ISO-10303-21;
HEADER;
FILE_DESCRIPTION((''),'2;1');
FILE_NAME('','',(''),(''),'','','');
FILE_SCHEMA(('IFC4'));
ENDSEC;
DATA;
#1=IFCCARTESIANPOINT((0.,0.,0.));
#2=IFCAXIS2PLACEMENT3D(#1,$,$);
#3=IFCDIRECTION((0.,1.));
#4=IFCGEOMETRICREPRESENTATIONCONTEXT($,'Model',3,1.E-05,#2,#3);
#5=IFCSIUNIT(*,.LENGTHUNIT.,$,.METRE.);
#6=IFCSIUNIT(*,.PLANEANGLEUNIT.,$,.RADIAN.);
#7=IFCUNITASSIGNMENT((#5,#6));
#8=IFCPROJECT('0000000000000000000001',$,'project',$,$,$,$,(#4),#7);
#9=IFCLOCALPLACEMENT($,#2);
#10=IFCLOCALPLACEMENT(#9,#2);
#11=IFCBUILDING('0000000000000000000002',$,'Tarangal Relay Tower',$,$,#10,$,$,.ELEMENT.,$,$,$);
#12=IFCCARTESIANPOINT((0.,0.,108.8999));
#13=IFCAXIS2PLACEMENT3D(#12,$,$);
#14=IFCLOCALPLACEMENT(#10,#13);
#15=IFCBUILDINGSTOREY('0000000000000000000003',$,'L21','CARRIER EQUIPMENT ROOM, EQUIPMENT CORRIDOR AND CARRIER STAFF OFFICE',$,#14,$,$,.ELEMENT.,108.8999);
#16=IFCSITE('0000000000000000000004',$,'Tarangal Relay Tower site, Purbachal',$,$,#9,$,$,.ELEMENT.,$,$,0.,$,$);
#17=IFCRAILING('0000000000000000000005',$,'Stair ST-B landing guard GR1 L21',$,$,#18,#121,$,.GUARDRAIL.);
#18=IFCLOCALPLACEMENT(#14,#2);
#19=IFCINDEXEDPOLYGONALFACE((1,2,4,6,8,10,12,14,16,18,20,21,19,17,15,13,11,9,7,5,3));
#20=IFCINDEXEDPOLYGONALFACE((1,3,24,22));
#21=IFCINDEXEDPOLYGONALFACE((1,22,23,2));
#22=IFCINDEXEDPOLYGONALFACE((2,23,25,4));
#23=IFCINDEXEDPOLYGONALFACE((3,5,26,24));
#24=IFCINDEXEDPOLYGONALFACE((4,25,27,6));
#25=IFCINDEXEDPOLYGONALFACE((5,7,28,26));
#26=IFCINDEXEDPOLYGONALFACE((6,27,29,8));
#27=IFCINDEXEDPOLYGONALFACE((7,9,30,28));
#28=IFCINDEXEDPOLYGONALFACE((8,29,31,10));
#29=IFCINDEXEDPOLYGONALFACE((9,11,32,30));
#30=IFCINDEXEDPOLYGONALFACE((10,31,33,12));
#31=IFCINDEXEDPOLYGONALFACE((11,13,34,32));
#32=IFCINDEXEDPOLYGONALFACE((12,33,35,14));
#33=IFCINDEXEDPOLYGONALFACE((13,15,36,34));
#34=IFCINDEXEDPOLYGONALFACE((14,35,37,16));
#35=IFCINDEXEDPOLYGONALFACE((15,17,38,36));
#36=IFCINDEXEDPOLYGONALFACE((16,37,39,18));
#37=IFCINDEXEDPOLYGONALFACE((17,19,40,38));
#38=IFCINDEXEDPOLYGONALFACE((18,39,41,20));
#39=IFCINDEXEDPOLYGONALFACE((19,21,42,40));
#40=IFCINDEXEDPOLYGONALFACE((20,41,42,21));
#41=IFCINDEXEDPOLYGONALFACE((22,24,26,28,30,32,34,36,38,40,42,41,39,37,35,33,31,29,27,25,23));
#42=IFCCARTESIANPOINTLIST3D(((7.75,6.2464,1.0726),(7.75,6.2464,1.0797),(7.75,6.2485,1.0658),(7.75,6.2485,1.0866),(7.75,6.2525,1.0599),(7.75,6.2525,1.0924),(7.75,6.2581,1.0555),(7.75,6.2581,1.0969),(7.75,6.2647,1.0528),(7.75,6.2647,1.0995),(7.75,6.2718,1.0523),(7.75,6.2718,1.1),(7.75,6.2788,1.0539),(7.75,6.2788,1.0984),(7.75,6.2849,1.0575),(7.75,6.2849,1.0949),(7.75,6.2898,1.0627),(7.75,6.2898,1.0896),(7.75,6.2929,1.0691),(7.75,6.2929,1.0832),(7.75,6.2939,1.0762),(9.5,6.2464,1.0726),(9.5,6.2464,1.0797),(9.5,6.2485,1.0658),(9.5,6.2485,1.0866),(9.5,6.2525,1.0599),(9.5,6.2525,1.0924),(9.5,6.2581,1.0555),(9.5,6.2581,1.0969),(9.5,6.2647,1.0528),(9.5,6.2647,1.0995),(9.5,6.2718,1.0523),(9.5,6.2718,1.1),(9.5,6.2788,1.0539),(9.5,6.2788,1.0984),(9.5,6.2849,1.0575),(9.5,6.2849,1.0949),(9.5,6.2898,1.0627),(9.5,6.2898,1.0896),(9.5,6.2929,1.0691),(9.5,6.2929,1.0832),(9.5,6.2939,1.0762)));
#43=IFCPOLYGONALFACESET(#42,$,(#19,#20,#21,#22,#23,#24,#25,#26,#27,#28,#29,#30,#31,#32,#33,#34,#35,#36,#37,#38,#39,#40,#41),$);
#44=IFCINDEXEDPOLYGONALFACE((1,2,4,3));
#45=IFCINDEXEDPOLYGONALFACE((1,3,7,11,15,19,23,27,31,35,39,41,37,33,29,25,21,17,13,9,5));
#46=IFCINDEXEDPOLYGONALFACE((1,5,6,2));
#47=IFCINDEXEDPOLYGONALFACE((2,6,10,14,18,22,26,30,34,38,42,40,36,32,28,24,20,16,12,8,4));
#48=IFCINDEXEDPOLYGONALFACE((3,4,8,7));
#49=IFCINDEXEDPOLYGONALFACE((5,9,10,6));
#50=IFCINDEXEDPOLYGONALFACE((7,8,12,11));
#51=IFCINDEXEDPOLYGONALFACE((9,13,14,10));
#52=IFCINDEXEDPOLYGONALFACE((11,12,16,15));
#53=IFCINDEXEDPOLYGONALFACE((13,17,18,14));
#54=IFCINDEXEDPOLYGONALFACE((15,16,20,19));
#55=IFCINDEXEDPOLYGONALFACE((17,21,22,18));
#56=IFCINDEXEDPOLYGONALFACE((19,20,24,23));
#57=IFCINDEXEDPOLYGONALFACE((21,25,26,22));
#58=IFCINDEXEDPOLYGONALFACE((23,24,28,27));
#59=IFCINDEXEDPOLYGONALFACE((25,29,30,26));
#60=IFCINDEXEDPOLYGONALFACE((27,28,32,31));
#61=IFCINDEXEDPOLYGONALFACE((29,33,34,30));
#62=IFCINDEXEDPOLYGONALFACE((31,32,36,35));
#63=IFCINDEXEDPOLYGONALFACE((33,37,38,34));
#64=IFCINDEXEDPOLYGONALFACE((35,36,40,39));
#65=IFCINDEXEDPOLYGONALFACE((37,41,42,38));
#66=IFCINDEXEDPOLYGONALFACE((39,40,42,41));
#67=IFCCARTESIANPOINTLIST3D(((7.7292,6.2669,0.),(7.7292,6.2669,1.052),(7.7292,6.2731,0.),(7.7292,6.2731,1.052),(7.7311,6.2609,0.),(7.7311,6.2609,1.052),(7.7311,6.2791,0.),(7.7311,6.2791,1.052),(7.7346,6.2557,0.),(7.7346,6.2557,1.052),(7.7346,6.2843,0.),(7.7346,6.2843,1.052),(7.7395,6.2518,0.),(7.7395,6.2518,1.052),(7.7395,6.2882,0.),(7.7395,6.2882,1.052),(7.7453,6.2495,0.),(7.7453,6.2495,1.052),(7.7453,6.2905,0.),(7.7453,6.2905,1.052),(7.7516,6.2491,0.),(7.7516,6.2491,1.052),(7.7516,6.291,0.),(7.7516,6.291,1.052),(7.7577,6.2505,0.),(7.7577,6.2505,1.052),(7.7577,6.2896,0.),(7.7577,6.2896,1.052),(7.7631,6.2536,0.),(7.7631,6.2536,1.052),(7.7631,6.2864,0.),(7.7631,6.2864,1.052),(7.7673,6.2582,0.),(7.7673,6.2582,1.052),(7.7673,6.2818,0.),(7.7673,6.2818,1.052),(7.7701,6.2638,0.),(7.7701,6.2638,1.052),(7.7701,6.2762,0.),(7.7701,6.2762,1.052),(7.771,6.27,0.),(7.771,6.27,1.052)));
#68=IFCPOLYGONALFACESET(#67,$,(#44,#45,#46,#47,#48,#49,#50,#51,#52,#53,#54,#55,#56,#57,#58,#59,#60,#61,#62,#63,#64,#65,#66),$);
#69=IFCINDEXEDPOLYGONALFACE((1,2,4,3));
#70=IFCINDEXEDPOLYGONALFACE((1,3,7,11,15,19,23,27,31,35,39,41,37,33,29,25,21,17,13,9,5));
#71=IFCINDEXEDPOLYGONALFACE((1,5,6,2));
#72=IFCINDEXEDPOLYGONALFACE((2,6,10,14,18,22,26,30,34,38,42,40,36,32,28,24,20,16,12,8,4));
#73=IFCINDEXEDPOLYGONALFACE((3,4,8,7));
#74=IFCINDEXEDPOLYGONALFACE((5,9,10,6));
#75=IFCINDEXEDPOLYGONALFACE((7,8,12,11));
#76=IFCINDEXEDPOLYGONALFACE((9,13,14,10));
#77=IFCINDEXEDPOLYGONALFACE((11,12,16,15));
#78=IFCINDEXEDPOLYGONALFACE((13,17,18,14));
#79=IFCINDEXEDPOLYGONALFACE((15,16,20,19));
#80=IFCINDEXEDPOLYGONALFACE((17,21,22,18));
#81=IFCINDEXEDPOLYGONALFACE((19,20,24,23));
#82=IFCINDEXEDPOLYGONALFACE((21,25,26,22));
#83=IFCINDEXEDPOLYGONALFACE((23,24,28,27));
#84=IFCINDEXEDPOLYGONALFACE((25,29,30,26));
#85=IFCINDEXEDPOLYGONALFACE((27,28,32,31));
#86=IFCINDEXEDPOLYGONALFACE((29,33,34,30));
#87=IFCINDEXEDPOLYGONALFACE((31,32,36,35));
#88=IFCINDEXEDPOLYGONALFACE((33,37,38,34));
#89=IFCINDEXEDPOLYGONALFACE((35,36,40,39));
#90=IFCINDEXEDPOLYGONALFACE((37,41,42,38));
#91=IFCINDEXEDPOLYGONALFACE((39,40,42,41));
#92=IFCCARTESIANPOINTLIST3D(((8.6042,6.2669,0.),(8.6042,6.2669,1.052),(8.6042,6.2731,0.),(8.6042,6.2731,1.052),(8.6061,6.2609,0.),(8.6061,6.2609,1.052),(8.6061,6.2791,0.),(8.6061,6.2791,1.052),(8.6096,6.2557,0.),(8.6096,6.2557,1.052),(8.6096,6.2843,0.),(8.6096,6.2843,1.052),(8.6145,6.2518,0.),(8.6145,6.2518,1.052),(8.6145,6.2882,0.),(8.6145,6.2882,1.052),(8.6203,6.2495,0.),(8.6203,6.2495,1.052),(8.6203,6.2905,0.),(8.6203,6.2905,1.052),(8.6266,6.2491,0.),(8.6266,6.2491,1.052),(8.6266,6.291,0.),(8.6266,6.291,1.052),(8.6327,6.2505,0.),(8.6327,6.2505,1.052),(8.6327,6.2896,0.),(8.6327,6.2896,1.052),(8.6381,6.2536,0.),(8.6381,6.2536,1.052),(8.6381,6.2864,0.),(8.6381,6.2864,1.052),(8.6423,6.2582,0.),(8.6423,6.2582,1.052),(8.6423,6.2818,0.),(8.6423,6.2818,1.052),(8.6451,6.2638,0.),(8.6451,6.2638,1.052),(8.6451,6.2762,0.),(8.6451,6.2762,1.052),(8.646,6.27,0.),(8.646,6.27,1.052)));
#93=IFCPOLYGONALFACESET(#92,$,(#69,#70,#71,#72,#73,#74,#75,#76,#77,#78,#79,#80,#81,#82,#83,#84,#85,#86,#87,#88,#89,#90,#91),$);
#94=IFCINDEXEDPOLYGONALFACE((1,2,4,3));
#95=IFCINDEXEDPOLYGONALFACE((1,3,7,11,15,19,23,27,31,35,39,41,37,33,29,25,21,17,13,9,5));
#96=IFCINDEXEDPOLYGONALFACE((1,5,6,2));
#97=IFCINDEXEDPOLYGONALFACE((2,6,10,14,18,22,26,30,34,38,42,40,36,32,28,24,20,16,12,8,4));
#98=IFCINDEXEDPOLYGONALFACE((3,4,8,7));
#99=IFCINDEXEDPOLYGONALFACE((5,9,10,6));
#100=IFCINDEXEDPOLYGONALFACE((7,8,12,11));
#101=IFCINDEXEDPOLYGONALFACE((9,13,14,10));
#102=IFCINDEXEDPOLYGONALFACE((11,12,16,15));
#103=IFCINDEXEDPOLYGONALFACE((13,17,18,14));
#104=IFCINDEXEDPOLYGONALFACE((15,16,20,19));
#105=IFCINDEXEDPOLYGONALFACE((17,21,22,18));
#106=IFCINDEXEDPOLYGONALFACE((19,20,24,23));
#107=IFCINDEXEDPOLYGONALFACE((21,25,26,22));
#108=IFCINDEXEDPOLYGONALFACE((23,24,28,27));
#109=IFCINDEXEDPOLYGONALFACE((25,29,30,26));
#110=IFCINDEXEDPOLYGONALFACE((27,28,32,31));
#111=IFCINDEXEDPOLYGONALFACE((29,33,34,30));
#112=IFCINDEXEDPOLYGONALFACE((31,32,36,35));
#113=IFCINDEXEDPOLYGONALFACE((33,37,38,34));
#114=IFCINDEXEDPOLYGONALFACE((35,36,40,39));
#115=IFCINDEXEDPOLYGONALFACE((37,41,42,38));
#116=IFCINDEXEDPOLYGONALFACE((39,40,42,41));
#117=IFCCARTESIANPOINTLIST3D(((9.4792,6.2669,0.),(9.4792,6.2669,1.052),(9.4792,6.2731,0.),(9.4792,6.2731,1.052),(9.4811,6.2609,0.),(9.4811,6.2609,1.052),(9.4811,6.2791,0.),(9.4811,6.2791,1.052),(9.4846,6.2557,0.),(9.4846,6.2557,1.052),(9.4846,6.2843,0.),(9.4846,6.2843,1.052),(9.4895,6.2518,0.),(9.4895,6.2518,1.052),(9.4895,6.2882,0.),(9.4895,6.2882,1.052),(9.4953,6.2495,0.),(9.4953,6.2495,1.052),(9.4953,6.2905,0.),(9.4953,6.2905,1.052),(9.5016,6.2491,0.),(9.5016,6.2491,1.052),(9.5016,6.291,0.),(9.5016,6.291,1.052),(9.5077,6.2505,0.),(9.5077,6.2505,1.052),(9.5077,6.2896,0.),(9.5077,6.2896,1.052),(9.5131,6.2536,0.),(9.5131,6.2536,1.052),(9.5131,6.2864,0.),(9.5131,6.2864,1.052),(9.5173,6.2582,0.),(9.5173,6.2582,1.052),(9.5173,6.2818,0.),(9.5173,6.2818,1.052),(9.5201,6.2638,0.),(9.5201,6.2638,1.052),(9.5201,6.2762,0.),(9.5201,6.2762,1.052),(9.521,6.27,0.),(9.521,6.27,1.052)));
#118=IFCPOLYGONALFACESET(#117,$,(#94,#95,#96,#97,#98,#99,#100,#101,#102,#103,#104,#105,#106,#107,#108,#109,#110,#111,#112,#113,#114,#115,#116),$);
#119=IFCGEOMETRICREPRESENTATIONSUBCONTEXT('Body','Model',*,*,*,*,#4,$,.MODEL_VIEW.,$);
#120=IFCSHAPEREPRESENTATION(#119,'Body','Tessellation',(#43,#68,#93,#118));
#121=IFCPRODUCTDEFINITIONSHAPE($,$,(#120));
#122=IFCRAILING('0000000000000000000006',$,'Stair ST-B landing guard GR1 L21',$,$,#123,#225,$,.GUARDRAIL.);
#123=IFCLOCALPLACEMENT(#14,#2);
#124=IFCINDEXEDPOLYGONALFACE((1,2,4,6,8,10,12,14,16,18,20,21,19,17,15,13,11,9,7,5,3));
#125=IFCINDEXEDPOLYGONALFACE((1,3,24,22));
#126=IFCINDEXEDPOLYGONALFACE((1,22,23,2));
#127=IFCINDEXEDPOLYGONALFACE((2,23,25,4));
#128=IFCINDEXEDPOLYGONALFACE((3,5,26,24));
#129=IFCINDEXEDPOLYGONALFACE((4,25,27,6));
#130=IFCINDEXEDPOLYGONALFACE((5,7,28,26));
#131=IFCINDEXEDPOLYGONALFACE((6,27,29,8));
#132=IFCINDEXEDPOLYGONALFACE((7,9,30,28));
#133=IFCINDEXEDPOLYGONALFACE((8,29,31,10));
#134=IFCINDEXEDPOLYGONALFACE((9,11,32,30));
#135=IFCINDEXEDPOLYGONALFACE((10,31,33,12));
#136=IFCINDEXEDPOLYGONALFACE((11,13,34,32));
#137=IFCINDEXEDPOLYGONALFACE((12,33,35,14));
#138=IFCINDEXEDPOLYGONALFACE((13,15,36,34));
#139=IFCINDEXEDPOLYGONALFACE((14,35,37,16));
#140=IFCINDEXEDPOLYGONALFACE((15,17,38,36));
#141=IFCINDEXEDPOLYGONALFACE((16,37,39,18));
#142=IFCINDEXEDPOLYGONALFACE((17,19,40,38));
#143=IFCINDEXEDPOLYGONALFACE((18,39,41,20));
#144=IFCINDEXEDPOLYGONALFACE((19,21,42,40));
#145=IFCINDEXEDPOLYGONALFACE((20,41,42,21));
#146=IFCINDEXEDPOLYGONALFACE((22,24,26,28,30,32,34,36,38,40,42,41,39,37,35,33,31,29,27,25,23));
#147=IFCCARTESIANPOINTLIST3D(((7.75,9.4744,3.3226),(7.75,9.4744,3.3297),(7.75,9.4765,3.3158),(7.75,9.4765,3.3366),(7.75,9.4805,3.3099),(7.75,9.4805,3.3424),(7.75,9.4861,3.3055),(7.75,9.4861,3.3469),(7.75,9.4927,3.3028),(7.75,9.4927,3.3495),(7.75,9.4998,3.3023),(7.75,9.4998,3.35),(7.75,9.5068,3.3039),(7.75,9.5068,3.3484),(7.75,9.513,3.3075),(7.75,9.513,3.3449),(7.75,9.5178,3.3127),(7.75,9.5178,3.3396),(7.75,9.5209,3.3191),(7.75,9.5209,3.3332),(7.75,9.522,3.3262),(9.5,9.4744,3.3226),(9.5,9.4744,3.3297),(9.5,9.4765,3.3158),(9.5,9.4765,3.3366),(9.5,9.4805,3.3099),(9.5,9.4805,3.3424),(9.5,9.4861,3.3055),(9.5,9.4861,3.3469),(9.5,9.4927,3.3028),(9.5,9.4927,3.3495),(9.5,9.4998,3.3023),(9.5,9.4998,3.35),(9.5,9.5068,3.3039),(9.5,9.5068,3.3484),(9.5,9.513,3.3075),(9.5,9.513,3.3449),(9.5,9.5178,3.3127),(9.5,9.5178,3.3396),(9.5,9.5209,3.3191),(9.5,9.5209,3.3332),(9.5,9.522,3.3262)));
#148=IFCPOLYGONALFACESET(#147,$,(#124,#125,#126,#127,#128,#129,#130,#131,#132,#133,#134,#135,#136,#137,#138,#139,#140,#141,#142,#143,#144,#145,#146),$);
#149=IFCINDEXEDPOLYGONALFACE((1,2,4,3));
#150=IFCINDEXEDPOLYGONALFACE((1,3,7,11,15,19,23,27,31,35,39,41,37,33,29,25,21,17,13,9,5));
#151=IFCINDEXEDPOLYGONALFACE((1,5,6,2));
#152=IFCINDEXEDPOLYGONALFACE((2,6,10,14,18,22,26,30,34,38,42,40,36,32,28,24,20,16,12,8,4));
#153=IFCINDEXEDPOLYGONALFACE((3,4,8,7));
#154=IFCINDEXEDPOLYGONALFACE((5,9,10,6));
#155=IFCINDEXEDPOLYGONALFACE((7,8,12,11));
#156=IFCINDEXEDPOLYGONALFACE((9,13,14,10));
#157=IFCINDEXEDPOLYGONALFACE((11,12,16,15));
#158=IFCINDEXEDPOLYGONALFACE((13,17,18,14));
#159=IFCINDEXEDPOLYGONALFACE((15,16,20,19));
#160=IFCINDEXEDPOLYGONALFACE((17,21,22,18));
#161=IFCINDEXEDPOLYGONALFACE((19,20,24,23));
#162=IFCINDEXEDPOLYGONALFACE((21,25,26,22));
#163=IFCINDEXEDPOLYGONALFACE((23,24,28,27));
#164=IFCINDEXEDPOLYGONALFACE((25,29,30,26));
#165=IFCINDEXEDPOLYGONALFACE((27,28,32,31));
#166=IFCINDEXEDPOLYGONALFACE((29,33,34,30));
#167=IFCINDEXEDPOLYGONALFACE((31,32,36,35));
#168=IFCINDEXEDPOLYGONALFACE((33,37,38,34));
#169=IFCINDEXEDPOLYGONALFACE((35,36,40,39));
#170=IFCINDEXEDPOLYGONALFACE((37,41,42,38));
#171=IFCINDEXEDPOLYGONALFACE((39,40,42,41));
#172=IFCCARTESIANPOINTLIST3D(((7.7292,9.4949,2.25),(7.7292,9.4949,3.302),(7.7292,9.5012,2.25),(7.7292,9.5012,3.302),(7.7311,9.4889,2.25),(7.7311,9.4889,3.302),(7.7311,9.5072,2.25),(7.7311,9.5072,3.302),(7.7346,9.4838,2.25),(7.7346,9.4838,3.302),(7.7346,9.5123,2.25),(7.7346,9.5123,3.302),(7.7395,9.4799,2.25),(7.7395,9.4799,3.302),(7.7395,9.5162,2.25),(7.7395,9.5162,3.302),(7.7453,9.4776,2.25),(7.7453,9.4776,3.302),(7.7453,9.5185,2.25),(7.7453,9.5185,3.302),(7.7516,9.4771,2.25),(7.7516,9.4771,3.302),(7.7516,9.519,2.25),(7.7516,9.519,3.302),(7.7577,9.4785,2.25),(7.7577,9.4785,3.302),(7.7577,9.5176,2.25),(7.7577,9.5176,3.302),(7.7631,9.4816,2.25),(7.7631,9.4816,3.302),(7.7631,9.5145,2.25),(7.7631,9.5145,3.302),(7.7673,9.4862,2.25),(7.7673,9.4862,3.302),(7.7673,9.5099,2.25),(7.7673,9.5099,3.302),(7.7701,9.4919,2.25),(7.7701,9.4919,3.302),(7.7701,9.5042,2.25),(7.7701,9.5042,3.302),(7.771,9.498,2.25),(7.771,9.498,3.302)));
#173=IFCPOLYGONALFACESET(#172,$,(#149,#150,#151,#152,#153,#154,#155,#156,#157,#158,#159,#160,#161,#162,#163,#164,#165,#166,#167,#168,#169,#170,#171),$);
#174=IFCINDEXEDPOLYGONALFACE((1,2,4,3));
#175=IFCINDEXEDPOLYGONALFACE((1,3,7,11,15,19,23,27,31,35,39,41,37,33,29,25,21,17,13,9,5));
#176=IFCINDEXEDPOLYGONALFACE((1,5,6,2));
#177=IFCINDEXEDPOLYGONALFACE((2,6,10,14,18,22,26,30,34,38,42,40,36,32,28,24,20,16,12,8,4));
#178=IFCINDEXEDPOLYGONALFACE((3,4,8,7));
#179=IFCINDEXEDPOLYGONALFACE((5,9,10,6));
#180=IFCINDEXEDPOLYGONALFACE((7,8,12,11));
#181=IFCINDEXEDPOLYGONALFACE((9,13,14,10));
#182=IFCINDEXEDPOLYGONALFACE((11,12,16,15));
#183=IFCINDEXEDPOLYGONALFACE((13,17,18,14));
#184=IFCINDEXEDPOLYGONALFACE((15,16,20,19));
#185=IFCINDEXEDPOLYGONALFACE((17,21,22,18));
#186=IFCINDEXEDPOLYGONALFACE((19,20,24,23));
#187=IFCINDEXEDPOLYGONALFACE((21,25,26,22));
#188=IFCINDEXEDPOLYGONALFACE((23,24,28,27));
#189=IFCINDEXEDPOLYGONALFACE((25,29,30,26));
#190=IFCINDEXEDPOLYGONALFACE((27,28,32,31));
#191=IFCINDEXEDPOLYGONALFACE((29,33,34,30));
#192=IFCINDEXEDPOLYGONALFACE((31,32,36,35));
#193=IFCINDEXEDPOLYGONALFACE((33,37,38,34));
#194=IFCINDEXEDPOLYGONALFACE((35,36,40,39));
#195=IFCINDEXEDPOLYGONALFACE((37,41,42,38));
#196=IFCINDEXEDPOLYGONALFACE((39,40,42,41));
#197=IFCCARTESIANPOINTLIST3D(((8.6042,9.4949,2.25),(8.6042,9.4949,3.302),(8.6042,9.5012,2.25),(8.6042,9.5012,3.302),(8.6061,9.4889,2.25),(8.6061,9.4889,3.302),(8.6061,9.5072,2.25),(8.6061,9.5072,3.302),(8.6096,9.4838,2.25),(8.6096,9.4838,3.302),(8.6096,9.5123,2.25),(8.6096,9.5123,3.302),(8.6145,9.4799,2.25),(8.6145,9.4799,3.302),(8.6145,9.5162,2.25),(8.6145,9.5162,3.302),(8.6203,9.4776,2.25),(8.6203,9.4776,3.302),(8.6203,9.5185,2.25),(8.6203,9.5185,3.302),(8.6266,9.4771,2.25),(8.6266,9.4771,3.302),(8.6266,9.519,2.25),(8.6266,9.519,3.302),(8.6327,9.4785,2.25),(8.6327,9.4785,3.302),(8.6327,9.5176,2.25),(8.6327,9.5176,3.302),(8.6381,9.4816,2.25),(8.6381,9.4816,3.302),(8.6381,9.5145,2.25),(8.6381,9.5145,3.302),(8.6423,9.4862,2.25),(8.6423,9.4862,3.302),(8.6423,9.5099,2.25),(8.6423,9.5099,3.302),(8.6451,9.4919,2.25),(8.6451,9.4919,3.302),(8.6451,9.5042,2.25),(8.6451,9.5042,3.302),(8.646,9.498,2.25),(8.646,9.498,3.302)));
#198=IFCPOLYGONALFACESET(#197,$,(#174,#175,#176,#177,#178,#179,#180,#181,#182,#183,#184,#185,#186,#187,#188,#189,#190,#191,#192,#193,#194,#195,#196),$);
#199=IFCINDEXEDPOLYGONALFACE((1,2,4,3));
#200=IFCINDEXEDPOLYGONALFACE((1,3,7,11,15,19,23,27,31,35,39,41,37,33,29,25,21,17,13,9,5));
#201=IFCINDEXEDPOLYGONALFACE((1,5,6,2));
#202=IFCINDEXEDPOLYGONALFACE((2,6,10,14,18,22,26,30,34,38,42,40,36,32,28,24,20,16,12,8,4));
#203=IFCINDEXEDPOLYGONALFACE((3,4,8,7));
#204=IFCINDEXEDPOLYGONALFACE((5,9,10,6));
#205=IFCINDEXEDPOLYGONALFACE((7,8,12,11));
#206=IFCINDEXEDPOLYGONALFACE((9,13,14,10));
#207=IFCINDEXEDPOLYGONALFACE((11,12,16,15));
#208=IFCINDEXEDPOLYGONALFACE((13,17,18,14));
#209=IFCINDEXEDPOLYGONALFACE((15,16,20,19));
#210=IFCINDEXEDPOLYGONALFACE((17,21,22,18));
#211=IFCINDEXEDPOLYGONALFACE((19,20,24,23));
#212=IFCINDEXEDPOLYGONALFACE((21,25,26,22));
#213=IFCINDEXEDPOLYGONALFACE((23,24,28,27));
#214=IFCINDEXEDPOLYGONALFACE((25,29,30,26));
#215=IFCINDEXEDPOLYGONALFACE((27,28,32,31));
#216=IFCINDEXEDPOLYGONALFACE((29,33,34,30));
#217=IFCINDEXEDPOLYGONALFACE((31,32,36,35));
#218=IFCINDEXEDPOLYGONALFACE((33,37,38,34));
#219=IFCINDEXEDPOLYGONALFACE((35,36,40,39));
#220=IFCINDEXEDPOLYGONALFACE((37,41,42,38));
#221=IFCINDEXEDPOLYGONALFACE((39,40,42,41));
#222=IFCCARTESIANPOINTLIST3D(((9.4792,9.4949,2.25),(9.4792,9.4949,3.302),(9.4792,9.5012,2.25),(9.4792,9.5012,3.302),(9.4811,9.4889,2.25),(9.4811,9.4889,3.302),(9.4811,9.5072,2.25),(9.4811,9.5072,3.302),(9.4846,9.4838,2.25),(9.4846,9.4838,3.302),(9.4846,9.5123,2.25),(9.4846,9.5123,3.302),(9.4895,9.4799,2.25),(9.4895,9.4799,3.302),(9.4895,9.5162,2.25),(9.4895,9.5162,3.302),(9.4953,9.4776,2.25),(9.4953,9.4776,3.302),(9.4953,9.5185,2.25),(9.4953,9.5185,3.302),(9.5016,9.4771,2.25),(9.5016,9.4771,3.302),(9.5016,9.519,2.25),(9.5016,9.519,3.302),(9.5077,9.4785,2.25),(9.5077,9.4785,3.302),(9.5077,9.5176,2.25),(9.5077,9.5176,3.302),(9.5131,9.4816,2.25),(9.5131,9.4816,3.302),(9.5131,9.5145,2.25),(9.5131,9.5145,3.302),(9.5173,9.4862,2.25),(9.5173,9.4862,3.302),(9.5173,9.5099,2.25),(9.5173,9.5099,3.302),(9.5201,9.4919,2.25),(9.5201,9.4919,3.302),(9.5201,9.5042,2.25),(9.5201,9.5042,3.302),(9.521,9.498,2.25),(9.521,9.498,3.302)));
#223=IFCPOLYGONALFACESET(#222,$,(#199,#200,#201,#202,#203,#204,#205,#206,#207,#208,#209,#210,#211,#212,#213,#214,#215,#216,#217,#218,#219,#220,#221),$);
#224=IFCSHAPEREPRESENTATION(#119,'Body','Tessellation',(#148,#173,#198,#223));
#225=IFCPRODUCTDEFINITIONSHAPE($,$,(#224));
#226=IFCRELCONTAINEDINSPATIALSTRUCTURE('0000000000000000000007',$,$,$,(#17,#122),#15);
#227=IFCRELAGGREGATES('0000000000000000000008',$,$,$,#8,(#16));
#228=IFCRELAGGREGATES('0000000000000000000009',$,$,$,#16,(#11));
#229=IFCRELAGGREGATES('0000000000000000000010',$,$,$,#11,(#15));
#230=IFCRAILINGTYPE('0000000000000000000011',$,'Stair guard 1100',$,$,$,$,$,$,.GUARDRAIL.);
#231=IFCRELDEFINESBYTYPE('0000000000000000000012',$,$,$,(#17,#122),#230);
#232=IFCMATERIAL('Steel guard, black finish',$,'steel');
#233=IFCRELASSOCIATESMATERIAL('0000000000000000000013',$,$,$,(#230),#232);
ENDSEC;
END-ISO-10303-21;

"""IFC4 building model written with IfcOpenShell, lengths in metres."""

from ifc_helpers import new_model, si_unit, direction, frame, origin, origin_2d, place, context, subcontext, project, spatial, circle, extrude, material, type_object, element, save


model = new_model("IFC4")

# Units and contexts
model_context = context("Model", 3, precision=1e-05, world=origin(), true_north=direction((0.0, 1.0)))
body_context = subcontext(model_context, "Body", "Model", "MODEL_VIEW")
ifc_project = project(units=[si_unit("LENGTHUNIT", "METRE"), si_unit("PLANEANGLEUNIT", "RADIAN")], contexts=[model_context])

# Site, building, storey
site_placement = place(None, origin())
site = spatial("IfcSite", under=ifc_project, at=site_placement, Name="Tarangal Relay Tower site, Purbachal", CompositionType="ELEMENT", RefElevation=0.0)
building_placement = place(site_placement, origin())
building = spatial("IfcBuilding", under=site, at=building_placement, Name="Tarangal Relay Tower", CompositionType="ELEMENT")
storey_placement = place(building_placement, frame((0.0, 0.0, 108.8999)))
storey = spatial("IfcBuildingStorey", under=building, at=storey_placement, Name="L21", Description="CARRIER EQUIPMENT ROOM, EQUIPMENT CORRIDOR AND CARRIER STAFF OFFICE", CompositionType="ELEMENT", Elevation=108.8999)

# Railings
ifc_material_1 = material(Name="Steel guard, black finish", Category="steel")
railing_type_1 = type_object("IfcRailingType", Name="Stair guard 1100", PredefinedType="GUARDRAIL", material=ifc_material_1)
for number, where, name in (
    (1, (7.75, 6.27, 0.0), "Stair ST-B landing guard GR1 L21"),
    (2, (7.75, 9.498, 2.25), "Stair ST-B landing guard GR1 L21"),
):
    element("IfcRailing", number, at=place(storey_placement, frame(where)), inside=storey, type_object=railing_type_1, Name=name, PredefinedType="GUARDRAIL", context=body_context, shape_type="SweptSolid", body=[
        extrude(circle(Radius=0.0239, at=origin_2d()), frame((0.0, 0.0, 1.0762), z_axis=(1.0, 0.0, 0.0), x_axis=(0.0, 1.0, 0.0)), (0.0, 0.0, 1.0), 1.75),
        extrude(circle(Radius=0.021, at=origin_2d()), origin(), (0.0, 0.0, 1.0), 1.052),
        extrude(circle(Radius=0.021, at=origin_2d()), frame((0.875, 0.0, 0.0)), (0.0, 0.0, 1.0), 1.052),
        extrude(circle(Radius=0.021, at=origin_2d()), frame((1.75, 0.0, 0.0)), (0.0, 0.0, 1.0), 1.052),
    ])

save(model, "model.ifc")
